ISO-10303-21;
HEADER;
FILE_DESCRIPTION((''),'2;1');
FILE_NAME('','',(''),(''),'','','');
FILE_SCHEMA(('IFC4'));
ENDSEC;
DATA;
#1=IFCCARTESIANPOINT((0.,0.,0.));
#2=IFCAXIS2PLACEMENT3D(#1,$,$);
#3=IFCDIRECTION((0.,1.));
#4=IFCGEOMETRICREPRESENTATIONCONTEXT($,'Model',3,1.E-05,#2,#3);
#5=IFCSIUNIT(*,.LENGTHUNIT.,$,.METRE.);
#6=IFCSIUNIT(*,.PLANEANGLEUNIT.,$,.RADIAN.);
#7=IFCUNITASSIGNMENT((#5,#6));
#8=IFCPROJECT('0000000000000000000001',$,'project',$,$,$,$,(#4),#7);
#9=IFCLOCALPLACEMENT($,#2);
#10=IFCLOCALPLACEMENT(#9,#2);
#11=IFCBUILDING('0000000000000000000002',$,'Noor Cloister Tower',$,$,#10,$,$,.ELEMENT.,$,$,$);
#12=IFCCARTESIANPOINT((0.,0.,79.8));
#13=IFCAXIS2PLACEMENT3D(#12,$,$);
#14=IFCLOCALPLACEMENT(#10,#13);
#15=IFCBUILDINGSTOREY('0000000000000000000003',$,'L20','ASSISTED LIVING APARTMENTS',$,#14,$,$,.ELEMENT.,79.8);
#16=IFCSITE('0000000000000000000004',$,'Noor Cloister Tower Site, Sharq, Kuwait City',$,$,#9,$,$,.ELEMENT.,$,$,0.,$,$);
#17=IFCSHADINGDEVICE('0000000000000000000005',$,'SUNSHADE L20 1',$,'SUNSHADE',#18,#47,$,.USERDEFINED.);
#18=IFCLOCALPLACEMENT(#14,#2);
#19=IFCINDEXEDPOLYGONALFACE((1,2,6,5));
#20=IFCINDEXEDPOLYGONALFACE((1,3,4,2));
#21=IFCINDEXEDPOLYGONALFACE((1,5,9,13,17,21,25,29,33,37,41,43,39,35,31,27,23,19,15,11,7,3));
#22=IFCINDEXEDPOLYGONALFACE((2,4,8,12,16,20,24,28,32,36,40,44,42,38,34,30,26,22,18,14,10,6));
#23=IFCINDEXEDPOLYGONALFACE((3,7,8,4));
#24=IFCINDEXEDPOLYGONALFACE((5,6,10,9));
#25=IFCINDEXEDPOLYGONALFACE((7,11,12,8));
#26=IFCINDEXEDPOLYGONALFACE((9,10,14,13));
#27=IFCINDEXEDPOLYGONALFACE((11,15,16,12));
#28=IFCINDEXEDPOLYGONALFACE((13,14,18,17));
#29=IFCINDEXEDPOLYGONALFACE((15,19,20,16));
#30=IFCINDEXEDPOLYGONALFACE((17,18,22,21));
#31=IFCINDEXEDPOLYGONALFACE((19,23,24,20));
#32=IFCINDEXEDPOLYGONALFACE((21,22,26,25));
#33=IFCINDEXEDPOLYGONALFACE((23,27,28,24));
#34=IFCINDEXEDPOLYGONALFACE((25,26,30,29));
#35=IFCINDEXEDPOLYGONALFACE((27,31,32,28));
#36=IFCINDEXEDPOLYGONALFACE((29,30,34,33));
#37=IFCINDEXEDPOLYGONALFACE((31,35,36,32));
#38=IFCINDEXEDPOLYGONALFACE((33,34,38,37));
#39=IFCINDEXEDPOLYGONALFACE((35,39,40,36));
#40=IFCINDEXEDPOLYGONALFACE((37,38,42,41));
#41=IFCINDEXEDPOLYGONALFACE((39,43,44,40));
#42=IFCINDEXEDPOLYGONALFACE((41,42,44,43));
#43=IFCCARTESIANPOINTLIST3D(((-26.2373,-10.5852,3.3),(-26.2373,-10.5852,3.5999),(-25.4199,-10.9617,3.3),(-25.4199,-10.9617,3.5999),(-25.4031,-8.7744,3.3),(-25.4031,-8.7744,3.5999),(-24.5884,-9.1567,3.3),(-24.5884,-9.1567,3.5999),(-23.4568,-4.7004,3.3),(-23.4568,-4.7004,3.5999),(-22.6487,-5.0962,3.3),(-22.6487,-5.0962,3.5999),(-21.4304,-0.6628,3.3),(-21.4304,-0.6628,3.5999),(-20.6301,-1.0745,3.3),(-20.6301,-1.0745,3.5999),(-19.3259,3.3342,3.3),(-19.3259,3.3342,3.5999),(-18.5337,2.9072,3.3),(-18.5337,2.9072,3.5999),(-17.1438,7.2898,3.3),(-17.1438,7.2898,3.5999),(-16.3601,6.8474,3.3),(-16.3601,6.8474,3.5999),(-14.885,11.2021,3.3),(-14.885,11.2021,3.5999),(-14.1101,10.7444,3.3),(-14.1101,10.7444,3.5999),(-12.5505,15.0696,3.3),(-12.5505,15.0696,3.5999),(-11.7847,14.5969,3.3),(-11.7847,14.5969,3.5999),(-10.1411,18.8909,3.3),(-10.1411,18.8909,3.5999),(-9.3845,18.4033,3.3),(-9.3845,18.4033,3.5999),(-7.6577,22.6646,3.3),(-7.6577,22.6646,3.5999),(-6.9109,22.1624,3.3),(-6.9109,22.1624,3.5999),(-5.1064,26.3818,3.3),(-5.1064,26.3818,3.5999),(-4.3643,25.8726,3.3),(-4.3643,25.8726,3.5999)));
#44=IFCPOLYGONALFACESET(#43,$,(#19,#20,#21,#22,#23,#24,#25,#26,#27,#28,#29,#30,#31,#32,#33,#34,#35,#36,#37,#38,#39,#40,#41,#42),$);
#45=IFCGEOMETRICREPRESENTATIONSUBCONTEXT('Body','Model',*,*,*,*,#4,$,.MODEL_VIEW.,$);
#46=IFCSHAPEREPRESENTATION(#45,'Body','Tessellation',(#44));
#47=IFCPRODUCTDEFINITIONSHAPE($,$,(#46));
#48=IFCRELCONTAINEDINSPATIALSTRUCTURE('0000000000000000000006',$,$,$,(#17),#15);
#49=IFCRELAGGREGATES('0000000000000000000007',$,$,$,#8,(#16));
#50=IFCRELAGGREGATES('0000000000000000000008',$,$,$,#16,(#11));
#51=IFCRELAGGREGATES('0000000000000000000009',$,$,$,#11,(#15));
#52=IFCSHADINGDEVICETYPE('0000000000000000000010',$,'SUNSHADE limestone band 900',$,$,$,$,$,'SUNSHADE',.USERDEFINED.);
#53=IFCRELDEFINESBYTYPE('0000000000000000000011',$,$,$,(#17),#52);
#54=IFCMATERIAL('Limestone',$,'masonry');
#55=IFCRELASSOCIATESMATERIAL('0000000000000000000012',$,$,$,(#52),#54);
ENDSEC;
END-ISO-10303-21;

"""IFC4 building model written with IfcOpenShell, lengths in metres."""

from ifc_helpers import new_model, si_unit, direction, frame, origin, place, context, subcontext, project, spatial, polyline, outline, extrude, material, type_object, element, save


model = new_model("IFC4")

# Units and contexts
model_context = context("Model", 3, precision=1e-05, world=origin(), true_north=direction((0.0, 1.0)))
body_context = subcontext(model_context, "Body", "Model", "MODEL_VIEW")
ifc_project = project(units=[si_unit("LENGTHUNIT", "METRE"), si_unit("PLANEANGLEUNIT", "RADIAN")], contexts=[model_context])

# Site, building, storey
site_placement = place(None, origin())
site = spatial("IfcSite", under=ifc_project, at=site_placement, Name="Noor Cloister Tower Site, Sharq, Kuwait City", CompositionType="ELEMENT", RefElevation=0.0)
building_placement = place(site_placement, origin())
building = spatial("IfcBuilding", under=site, at=building_placement, Name="Noor Cloister Tower", CompositionType="ELEMENT")
storey_placement = place(building_placement, frame((0.0, 0.0, 79.8)))
storey = spatial("IfcBuildingStorey", under=building, at=storey_placement, Name="L20", Description="ASSISTED LIVING APARTMENTS", CompositionType="ELEMENT", Elevation=79.8)

# Shading device
ifc_material_1 = material(Name="Limestone", Category="masonry")
shading_device_type = type_object("IfcShadingDeviceType", Name="SUNSHADE limestone band 900", ElementType="SUNSHADE", PredefinedType="USERDEFINED", material=ifc_material_1)
shading_device_placement = place(storey_placement, frame((0.0, 0.0, 3.3)))
element("IfcShadingDevice", 1, at=shading_device_placement, inside=storey, type_object=shading_device_type, Name="SUNSHADE L20 1", ObjectType="SUNSHADE", PredefinedType="USERDEFINED", context=body_context, shape_type="SweptSolid", body=[
    extrude(outline(polyline([(-5.1064, 26.3818), (-7.6577, 22.6646), (-10.1411, 18.8909), (-12.5505, 15.0696), (-14.885, 11.2021), (-17.1438, 7.2898), (-19.3259, 3.3342), (-21.4304, -0.6628), (-23.4568, -4.7004), (-25.4031, -8.7744), (-26.2373, -10.5852), (-25.4199, -10.9617), (-24.5884, -9.1567), (-22.6487, -5.0962), (-20.6301, -1.0745), (-18.5337, 2.9072), (-16.3601, 6.8474), (-14.1101, 10.7444), (-11.7847, 14.5969), (-9.3845, 18.4033), (-6.9109, 22.1624), (-4.3643, 25.8726), (-5.1064, 26.3818)])), origin(), (0.0, 0.0, 1.0), 0.2998),
])

save(model, "model.ifc")
